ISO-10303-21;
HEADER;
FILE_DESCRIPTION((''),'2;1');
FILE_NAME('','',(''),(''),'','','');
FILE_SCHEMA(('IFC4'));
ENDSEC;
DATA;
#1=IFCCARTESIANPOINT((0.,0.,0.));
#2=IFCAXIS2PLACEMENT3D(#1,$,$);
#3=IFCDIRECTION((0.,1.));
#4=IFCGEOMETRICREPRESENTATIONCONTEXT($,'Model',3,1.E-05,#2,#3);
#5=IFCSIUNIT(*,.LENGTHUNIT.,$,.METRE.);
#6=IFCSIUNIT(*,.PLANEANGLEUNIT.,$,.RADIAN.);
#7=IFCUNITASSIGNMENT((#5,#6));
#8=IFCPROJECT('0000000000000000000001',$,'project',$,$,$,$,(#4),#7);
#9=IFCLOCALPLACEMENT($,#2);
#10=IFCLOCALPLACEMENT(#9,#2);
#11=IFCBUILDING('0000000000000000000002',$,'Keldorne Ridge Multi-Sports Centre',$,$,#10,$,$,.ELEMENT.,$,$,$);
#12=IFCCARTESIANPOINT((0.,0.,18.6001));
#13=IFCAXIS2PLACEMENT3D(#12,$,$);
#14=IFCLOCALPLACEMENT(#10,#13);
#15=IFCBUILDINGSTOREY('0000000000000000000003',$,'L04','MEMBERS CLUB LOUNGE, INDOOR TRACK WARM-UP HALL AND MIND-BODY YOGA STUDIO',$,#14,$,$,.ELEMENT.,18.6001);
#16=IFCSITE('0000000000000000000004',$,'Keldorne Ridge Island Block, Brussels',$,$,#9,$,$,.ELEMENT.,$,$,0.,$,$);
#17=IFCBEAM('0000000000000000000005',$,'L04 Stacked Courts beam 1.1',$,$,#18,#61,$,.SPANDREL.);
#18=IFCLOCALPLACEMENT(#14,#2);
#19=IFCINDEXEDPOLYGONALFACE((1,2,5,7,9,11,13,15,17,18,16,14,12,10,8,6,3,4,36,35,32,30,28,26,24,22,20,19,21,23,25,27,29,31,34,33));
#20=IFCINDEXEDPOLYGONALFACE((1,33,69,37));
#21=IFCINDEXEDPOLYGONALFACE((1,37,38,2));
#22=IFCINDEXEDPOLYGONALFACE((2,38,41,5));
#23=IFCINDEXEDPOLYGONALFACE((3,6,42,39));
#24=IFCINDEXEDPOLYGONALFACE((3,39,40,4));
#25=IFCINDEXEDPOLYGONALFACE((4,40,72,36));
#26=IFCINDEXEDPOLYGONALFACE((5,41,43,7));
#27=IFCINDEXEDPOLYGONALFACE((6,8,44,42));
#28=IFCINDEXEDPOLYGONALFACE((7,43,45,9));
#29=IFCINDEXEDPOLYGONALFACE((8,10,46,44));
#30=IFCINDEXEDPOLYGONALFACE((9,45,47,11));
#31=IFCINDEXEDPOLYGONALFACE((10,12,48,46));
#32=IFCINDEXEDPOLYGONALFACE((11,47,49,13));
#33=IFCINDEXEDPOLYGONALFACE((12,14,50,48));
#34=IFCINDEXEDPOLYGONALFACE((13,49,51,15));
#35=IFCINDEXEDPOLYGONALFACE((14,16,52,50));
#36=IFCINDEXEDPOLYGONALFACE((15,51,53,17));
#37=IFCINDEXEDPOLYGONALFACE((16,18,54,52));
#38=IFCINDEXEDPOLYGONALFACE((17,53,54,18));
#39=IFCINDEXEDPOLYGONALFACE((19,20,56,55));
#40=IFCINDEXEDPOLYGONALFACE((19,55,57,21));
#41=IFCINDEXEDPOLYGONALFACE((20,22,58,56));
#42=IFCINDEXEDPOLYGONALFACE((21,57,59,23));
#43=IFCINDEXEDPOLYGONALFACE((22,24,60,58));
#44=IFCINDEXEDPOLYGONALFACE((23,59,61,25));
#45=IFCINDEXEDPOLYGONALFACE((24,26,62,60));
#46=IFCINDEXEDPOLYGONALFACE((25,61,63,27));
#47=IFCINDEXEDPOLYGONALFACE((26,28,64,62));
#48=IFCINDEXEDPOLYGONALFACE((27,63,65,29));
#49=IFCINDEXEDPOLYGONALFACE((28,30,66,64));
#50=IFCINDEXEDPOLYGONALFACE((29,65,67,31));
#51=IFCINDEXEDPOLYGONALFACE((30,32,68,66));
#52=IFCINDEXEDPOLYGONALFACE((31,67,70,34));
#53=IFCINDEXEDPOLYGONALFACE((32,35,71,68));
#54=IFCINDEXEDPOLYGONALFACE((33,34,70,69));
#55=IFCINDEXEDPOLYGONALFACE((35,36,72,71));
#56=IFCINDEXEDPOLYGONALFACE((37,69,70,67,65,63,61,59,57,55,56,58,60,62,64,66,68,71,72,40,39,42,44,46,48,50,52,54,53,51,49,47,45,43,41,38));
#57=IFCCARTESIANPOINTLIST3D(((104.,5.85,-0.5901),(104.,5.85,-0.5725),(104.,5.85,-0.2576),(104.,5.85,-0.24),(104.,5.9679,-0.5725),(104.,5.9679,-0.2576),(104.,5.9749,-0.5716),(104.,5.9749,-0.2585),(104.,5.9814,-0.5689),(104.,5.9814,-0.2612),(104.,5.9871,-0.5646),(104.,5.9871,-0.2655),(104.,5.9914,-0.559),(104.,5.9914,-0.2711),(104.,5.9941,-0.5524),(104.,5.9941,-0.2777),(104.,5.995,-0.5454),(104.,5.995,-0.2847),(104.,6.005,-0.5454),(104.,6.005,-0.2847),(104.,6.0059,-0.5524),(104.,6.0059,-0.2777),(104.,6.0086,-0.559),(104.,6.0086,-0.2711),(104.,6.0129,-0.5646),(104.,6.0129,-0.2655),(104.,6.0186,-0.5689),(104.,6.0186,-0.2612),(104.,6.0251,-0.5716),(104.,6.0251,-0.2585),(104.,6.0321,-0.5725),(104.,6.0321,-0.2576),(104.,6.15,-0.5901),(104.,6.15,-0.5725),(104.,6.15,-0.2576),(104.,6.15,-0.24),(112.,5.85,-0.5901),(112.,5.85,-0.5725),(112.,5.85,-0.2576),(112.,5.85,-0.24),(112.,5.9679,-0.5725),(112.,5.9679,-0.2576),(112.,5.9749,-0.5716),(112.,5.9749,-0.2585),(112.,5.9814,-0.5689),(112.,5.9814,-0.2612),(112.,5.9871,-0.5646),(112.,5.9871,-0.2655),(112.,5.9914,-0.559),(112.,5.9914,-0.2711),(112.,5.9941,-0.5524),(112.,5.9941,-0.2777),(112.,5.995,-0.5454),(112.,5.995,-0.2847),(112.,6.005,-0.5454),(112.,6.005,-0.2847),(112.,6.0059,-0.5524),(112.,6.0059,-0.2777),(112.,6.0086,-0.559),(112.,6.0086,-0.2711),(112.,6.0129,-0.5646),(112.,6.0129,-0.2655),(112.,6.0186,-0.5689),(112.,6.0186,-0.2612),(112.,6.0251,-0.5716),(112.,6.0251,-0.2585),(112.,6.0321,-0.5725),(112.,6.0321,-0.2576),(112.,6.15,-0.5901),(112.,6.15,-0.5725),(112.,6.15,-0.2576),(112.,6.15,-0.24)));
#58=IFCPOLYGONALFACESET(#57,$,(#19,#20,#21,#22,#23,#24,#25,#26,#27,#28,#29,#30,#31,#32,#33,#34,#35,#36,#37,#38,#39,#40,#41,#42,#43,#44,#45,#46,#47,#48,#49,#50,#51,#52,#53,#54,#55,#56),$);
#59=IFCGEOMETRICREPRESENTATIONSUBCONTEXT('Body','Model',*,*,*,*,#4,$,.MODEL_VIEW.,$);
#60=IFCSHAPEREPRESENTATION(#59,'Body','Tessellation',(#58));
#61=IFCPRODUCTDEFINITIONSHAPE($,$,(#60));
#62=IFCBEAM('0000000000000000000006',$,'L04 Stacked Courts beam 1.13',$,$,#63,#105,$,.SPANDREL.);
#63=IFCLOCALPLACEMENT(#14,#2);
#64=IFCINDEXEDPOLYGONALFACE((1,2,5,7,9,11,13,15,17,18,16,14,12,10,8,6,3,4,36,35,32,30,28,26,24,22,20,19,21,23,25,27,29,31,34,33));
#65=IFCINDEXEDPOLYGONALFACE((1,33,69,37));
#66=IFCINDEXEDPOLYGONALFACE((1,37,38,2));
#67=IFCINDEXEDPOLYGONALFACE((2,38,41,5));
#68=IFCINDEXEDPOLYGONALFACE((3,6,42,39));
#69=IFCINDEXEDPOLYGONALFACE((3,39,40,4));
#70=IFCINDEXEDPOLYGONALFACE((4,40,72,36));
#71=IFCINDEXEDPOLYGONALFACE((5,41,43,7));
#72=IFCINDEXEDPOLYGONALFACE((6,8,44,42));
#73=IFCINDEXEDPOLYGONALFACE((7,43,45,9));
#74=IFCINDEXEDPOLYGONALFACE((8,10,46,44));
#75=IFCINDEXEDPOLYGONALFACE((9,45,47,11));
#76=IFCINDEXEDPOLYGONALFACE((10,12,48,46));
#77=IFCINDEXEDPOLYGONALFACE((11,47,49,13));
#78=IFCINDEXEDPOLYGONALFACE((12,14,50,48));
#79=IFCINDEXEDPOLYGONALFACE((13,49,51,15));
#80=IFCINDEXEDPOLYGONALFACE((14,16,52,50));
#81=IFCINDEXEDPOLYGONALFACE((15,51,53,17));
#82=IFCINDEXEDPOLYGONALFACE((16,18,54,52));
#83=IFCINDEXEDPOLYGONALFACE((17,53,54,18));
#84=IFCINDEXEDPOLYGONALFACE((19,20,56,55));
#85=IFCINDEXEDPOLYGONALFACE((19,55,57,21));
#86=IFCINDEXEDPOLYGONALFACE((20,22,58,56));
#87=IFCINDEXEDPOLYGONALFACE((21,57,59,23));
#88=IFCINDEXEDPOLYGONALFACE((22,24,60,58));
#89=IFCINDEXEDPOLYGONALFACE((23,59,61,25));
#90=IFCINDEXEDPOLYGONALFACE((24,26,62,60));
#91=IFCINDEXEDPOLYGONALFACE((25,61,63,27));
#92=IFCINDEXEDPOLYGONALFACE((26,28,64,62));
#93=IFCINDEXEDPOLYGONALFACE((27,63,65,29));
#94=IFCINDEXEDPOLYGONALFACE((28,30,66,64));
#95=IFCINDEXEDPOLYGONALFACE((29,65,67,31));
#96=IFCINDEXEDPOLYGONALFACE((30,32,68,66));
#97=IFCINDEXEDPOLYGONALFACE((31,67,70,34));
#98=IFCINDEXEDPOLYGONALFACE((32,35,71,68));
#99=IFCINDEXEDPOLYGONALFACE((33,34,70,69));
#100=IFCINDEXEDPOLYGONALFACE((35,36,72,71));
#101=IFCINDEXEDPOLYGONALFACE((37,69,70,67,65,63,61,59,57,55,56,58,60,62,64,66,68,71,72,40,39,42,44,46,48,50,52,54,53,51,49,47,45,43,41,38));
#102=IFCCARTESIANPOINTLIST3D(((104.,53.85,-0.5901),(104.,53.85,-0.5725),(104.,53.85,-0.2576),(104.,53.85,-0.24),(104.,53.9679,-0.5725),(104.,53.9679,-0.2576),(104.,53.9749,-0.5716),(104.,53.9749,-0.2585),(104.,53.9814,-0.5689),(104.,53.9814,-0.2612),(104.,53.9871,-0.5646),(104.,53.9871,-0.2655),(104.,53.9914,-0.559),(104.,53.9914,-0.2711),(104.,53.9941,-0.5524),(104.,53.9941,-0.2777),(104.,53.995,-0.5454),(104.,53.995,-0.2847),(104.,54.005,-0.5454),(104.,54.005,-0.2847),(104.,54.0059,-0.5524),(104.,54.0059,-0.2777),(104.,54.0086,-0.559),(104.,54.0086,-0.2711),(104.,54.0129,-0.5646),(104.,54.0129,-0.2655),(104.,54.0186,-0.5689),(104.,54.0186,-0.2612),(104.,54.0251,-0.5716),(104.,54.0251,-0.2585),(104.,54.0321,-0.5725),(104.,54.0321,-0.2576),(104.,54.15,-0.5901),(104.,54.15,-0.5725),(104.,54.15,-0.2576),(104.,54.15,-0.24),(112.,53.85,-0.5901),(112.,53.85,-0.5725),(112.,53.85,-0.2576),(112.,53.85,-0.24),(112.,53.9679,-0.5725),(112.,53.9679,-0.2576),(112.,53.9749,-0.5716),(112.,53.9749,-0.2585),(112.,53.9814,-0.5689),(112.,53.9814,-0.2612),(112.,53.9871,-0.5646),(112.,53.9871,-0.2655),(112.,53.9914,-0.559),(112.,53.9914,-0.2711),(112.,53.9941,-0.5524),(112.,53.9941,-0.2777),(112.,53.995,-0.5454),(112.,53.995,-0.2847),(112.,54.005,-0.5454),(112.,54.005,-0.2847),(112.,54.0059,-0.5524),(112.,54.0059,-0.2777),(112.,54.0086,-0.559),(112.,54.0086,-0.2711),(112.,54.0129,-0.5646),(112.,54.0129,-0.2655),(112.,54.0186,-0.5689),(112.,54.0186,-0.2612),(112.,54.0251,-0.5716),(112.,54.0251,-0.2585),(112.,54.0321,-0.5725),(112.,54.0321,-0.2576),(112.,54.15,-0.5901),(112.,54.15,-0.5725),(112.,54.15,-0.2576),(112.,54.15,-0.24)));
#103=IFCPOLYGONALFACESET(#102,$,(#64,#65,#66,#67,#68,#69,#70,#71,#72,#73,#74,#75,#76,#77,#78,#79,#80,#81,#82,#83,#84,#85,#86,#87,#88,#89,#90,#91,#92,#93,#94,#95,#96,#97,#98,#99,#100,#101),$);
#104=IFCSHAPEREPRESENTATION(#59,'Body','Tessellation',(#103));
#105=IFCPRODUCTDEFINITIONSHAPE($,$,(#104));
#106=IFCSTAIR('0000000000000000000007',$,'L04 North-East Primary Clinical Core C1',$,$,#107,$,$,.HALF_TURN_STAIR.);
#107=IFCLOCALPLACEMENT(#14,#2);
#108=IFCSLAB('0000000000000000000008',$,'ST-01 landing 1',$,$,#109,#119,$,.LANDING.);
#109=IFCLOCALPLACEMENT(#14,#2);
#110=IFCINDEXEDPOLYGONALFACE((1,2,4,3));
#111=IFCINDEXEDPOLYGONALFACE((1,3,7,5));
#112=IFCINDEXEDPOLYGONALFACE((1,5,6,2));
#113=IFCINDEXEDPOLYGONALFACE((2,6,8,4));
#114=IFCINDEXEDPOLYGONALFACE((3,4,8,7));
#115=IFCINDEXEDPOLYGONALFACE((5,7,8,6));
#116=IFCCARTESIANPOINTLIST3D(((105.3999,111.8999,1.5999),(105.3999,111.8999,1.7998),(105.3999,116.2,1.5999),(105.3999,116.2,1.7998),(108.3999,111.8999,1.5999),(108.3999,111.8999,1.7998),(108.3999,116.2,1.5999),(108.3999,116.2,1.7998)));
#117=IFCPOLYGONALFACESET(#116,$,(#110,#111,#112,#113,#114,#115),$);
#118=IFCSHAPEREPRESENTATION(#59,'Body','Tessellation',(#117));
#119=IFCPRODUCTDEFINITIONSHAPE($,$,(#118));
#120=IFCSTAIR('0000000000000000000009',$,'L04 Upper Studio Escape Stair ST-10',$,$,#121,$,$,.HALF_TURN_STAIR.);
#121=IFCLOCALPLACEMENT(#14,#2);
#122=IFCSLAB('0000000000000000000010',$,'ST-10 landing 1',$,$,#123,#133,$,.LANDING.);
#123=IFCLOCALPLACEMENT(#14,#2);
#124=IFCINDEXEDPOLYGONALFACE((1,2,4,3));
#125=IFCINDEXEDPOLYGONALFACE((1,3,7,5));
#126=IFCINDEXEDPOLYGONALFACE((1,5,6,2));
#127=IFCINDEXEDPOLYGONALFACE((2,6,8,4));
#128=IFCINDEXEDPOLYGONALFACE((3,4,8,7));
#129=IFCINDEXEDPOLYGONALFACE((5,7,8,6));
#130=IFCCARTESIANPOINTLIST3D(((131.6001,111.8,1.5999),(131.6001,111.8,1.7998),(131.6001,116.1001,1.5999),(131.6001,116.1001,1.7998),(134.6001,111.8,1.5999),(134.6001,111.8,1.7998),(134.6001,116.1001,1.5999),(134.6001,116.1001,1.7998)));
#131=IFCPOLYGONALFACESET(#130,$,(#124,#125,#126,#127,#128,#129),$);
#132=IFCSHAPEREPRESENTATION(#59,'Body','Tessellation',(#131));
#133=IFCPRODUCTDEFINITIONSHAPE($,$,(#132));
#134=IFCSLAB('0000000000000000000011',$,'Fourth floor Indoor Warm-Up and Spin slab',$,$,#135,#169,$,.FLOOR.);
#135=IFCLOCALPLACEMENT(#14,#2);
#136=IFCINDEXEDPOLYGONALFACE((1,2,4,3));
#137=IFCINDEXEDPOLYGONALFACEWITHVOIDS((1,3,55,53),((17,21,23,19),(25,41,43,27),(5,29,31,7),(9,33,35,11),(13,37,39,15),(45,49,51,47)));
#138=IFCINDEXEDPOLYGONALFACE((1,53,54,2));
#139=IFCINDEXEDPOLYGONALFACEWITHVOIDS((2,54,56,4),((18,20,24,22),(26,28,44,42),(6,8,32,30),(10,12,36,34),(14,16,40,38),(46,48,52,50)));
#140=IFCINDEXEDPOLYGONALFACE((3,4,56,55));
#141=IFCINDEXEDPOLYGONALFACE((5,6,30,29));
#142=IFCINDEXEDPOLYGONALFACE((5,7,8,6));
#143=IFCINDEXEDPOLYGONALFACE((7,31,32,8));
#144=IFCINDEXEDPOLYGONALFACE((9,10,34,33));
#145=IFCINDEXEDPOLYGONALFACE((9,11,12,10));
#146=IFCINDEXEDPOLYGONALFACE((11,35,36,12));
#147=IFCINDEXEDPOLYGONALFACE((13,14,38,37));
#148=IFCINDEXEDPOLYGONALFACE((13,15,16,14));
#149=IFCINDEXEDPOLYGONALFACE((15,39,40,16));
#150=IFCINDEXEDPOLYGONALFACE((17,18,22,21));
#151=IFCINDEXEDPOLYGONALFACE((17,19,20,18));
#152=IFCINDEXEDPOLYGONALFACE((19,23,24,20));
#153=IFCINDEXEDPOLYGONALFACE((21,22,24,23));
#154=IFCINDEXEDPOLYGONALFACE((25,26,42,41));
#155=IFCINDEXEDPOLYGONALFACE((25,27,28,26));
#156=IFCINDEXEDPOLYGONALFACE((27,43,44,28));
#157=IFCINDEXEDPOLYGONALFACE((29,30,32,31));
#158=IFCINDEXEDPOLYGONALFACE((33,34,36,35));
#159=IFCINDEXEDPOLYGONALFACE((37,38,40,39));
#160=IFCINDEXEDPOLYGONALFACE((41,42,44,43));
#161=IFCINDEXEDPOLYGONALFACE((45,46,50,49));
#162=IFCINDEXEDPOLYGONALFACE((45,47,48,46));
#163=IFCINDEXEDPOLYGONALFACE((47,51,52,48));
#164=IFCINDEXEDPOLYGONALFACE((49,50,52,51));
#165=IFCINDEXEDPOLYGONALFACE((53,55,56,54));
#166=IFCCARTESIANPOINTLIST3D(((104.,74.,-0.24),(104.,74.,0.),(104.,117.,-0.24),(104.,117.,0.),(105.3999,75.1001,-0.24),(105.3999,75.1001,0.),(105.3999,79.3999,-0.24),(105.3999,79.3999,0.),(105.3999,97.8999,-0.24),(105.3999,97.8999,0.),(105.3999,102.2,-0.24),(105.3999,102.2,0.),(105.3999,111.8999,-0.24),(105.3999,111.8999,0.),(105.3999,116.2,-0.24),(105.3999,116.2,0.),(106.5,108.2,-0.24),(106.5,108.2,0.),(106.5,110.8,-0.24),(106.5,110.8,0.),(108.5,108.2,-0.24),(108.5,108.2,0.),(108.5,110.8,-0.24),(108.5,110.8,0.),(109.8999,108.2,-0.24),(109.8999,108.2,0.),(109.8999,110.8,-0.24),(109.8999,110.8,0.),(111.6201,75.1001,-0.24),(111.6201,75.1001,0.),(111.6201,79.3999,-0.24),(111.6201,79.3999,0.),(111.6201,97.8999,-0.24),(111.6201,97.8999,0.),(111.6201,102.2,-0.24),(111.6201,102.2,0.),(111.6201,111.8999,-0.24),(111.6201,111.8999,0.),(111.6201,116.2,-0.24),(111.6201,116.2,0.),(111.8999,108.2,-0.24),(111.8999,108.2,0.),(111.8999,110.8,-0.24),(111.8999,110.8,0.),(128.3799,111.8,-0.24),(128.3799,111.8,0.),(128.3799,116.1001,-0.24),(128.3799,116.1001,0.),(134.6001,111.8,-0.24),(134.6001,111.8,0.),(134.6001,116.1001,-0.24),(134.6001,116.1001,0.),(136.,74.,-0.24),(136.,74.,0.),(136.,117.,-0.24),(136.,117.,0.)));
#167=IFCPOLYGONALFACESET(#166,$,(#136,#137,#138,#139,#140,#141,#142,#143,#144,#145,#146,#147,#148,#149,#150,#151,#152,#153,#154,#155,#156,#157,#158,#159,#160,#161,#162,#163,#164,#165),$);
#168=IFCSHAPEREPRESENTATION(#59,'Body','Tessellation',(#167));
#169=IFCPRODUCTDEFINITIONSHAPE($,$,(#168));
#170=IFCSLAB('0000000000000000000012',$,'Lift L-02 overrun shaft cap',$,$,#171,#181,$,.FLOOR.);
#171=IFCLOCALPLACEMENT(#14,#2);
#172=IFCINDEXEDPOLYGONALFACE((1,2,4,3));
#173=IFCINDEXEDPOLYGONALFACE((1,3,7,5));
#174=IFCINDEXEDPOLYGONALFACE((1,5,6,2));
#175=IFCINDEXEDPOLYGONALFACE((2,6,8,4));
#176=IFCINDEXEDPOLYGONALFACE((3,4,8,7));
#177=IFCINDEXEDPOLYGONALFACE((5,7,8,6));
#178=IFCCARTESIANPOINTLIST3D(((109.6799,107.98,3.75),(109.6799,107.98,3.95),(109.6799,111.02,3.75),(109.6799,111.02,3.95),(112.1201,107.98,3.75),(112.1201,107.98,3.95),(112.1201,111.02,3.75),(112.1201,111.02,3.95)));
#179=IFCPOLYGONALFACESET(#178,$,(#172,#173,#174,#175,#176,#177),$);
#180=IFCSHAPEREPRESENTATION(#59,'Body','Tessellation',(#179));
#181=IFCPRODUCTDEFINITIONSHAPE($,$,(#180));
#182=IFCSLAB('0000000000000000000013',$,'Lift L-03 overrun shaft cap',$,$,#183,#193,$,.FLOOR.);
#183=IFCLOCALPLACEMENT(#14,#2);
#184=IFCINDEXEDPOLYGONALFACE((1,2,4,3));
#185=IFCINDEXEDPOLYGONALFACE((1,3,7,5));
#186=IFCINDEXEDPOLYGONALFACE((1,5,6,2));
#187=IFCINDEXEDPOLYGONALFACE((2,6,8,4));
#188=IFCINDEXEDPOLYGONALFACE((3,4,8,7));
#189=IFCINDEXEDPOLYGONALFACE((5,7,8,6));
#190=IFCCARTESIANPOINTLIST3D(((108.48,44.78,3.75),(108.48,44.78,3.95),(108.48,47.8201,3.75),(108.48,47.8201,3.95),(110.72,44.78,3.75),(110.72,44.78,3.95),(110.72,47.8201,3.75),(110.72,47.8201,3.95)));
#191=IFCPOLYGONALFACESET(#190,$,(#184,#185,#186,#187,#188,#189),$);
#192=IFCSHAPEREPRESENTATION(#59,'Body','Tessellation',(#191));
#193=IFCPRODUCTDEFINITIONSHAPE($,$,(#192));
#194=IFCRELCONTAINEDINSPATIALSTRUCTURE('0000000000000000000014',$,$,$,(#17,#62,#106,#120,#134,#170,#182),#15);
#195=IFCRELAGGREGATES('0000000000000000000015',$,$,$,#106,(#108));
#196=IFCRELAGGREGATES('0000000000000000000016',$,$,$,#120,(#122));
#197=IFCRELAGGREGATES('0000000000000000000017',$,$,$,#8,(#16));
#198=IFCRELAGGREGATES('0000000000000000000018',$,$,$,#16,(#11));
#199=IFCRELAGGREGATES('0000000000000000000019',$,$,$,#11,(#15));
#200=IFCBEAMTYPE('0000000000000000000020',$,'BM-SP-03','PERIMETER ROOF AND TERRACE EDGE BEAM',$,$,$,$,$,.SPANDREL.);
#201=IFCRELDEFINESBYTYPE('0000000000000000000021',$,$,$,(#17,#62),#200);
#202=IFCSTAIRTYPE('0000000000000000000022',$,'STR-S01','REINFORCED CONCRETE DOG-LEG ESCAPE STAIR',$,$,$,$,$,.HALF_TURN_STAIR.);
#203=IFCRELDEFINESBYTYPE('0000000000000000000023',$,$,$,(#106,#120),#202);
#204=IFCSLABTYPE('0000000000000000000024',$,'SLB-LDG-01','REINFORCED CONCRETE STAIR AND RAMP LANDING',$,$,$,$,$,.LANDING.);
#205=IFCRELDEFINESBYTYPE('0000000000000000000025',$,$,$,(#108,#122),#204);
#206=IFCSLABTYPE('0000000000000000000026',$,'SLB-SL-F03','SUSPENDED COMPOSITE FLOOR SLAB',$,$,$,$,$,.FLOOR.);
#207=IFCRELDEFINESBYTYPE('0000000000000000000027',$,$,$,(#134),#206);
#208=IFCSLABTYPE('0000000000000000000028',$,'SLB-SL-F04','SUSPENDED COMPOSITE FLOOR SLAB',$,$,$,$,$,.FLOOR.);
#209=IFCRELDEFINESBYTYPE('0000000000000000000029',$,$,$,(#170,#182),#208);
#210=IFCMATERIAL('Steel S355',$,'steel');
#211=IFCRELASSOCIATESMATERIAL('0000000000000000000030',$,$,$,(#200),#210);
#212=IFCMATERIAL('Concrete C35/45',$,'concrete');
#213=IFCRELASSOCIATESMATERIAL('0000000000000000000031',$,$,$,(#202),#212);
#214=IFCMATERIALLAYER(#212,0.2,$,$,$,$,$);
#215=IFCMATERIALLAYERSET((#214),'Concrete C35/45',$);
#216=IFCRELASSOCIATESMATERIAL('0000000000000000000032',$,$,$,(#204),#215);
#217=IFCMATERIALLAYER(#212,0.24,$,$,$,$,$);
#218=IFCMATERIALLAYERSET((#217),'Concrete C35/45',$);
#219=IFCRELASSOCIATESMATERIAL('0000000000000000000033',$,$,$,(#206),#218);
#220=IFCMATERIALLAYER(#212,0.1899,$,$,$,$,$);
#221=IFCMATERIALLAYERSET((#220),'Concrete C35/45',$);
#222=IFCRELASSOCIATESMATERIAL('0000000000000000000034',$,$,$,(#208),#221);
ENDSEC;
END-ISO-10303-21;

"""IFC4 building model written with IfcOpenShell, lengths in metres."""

from ifc_helpers import new_model, si_unit, direction, frame, origin, origin_2d, place, context, subcontext, project, spatial, polyline, i_section, outline, extrude, material, layer, layer_set, material_profile, profile_set, type_object, element, aggregate, save


model = new_model("IFC4")

# Units and contexts
model_context = context("Model", 3, precision=1e-05, world=origin(), true_north=direction((0.0, 1.0)))
body_context = subcontext(model_context, "Body", "Model", "MODEL_VIEW")
ifc_project = project(units=[si_unit("LENGTHUNIT", "METRE"), si_unit("PLANEANGLEUNIT", "RADIAN")], contexts=[model_context])

# Site, building, storey
site_placement = place(None, origin())
site = spatial("IfcSite", under=ifc_project, at=site_placement, Name="Keldorne Ridge Island Block, Brussels", CompositionType="ELEMENT", RefElevation=0.0)
building_placement = place(site_placement, origin())
building = spatial("IfcBuilding", under=site, at=building_placement, Name="Keldorne Ridge Multi-Sports Centre", CompositionType="ELEMENT")
storey_placement = place(building_placement, frame((0.0, 0.0, 18.6001)))
storey = spatial("IfcBuildingStorey", under=building, at=storey_placement, Name="L04", Description="MEMBERS CLUB LOUNGE, INDOOR TRACK WARM-UP HALL AND MIND-BODY YOGA STUDIO", CompositionType="ELEMENT", Elevation=18.6001)

# Shared definitions
ifc_material_1 = material(Name="Steel S355", Category="steel")

# Beams
ifc_material_profile_1 = material_profile(ifc_material_1, i_section(OverallWidth=0.3, OverallDepth=0.3501, WebThickness=0.01, FlangeThickness=0.0176, FilletRadius=0.0271, at=origin_2d()), Name="HEA 360")
ifc_profile_set_1 = profile_set([ifc_material_profile_1], Name="Steel S355")
beam_type_1 = type_object("IfcBeamType", Name="BM-SP-03", Description="PERIMETER ROOF AND TERRACE EDGE BEAM", PredefinedType="SPANDREL", material=ifc_profile_set_1)
for number, where, z_axis, x_axis, name in (
    (1, (104.0, 6.0, -0.415), (1.0, 0.0, 0.0), (0.0, 1.0, 0.0), "L04 Stacked Courts beam 1.1"),
    (2, (104.0, 54.0, -0.415), (1.0, 0.0, 0.0), (0.0, 1.0, 0.0), "L04 Stacked Courts beam 1.13"),
):
    element("IfcBeam", number, at=place(storey_placement, frame(where, z_axis=z_axis, x_axis=x_axis)), inside=storey, type_object=beam_type_1, Name=name, PredefinedType="SPANDREL", context=body_context, shape_type="SweptSolid", body=[
        extrude(i_section(OverallWidth=0.3, OverallDepth=0.3501, WebThickness=0.01, FlangeThickness=0.0176, FilletRadius=0.0271, at=origin_2d()), origin(), (0.0, 0.0, 1.0), 8.0),
    ])

# Stairs, slabs
ifc_material_2 = material(Name="Concrete C35/45", Category="concrete")
stair_type = type_object("IfcStairType", Name="STR-S01", Description="REINFORCED CONCRETE DOG-LEG ESCAPE STAIR", PredefinedType="HALF_TURN_STAIR", material=ifc_material_2)
stair_1_placement = place(storey_placement, origin())
stair_1 = element("IfcStair", 3, at=stair_1_placement, inside=storey, type_object=stair_type, Name="L04 North-East Primary Clinical Core C1", PredefinedType="HALF_TURN_STAIR")
ifc_layer_1 = layer(ifc_material_2, 0.2)
ifc_layer_set_1 = layer_set([ifc_layer_1], Name="Concrete C35/45")
slab_type_1 = type_object("IfcSlabType", Name="SLB-LDG-01", Description="REINFORCED CONCRETE STAIR AND RAMP LANDING", PredefinedType="LANDING", material=ifc_layer_set_1)
slab_1_placement = place(storey_placement, frame((0.0, 0.0, 1.5999)))
slab_1 = element("IfcSlab", 4, at=slab_1_placement, type_object=slab_type_1, Name="ST-01 landing 1", PredefinedType="LANDING", context=body_context, shape_type="SweptSolid", body=[
    extrude(outline(polyline([(108.3999, 116.2), (105.3999, 116.2), (105.3999, 111.8999), (108.3999, 111.8999), (108.3999, 116.2)])), origin(), (0.0, 0.0, 1.0), 0.2),
])
aggregate(stair_1, [slab_1])
stair_2_placement = place(storey_placement, origin())
stair_2 = element("IfcStair", 5, at=stair_2_placement, inside=storey, type_object=stair_type, Name="L04 Upper Studio Escape Stair ST-10", PredefinedType="HALF_TURN_STAIR")
slab_2_placement = place(storey_placement, frame((0.0, 0.0, 1.5999)))
slab_2 = element("IfcSlab", 6, at=slab_2_placement, type_object=slab_type_1, Name="ST-10 landing 1", PredefinedType="LANDING", context=body_context, shape_type="SweptSolid", body=[
    extrude(outline(polyline([(131.6001, 111.8), (134.6001, 111.8), (134.6001, 116.1001), (131.6001, 116.1001), (131.6001, 111.8)])), origin(), (0.0, 0.0, 1.0), 0.2),
])
aggregate(stair_2, [slab_2])

# Slabs
ifc_layer_2 = layer(ifc_material_2, 0.24)
ifc_layer_set_2 = layer_set([ifc_layer_2], Name="Concrete C35/45")
slab_type_2 = type_object("IfcSlabType", Name="SLB-SL-F03", Description="SUSPENDED COMPOSITE FLOOR SLAB", PredefinedType="FLOOR", material=ifc_layer_set_2)
slab_3_placement = place(storey_placement, frame((0.0, 0.0, -0.24)))
element("IfcSlab", 7, at=slab_3_placement, inside=storey, type_object=slab_type_2, Name="Fourth floor Indoor Warm-Up and Spin slab", PredefinedType="FLOOR", context=body_context, shape_type="SweptSolid", body=[
    extrude(outline(polyline([(104.0, 74.0), (136.0, 74.0), (136.0, 117.0), (104.0, 117.0), (104.0, 74.0)]), holes=[polyline([(105.3999, 111.8999), (105.3999, 116.2), (111.6201, 116.2), (111.6201, 111.8999), (105.3999, 111.8999)]), polyline([(105.3999, 75.1001), (105.3999, 79.3999), (111.6201, 79.3999), (111.6201, 75.1001), (105.3999, 75.1001)]), polyline([(128.3799, 111.8), (128.3799, 116.1001), (134.6001, 116.1001), (134.6001, 111.8), (128.3799, 111.8)]), polyline([(105.3999, 97.8999), (105.3999, 102.2), (111.6201, 102.2), (111.6201, 97.8999), (105.3999, 97.8999)]), polyline([(106.5, 108.2), (106.5, 110.8), (108.5, 110.8), (108.5, 108.2), (106.5, 108.2)]), polyline([(109.8999, 108.2), (109.8999, 110.8), (111.8999, 110.8), (111.8999, 108.2), (109.8999, 108.2)])]), origin(), (0.0, 0.0, 1.0), 0.24),
])
ifc_layer_3 = layer(ifc_material_2, 0.1899)
ifc_layer_set_3 = layer_set([ifc_layer_3], Name="Concrete C35/45")
slab_type_3 = type_object("IfcSlabType", Name="SLB-SL-F04", Description="SUSPENDED COMPOSITE FLOOR SLAB", PredefinedType="FLOOR", material=ifc_layer_set_3)
slab_4_placement = place(storey_placement, frame((0.0, 0.0, 3.75)))
element("IfcSlab", 8, at=slab_4_placement, inside=storey, type_object=slab_type_3, Name="Lift L-02 overrun shaft cap", PredefinedType="FLOOR", context=body_context, shape_type="SweptSolid", body=[
    extrude(outline(polyline([(109.6799, 107.98), (112.1201, 107.98), (112.1201, 111.02), (109.6799, 111.02), (109.6799, 107.98)])), origin(), (0.0, 0.0, 1.0), 0.2),
])
slab_5_placement = place(storey_placement, frame((0.0, 0.0, 3.75)))
element("IfcSlab", 9, at=slab_5_placement, inside=storey, type_object=slab_type_3, Name="Lift L-03 overrun shaft cap", PredefinedType="FLOOR", context=body_context, shape_type="SweptSolid", body=[
    extrude(outline(polyline([(108.48, 44.78), (110.72, 44.78), (110.72, 47.8201), (108.48, 47.8201), (108.48, 44.78)])), origin(), (0.0, 0.0, 1.0), 0.2),
])

save(model, "model.ifc")
